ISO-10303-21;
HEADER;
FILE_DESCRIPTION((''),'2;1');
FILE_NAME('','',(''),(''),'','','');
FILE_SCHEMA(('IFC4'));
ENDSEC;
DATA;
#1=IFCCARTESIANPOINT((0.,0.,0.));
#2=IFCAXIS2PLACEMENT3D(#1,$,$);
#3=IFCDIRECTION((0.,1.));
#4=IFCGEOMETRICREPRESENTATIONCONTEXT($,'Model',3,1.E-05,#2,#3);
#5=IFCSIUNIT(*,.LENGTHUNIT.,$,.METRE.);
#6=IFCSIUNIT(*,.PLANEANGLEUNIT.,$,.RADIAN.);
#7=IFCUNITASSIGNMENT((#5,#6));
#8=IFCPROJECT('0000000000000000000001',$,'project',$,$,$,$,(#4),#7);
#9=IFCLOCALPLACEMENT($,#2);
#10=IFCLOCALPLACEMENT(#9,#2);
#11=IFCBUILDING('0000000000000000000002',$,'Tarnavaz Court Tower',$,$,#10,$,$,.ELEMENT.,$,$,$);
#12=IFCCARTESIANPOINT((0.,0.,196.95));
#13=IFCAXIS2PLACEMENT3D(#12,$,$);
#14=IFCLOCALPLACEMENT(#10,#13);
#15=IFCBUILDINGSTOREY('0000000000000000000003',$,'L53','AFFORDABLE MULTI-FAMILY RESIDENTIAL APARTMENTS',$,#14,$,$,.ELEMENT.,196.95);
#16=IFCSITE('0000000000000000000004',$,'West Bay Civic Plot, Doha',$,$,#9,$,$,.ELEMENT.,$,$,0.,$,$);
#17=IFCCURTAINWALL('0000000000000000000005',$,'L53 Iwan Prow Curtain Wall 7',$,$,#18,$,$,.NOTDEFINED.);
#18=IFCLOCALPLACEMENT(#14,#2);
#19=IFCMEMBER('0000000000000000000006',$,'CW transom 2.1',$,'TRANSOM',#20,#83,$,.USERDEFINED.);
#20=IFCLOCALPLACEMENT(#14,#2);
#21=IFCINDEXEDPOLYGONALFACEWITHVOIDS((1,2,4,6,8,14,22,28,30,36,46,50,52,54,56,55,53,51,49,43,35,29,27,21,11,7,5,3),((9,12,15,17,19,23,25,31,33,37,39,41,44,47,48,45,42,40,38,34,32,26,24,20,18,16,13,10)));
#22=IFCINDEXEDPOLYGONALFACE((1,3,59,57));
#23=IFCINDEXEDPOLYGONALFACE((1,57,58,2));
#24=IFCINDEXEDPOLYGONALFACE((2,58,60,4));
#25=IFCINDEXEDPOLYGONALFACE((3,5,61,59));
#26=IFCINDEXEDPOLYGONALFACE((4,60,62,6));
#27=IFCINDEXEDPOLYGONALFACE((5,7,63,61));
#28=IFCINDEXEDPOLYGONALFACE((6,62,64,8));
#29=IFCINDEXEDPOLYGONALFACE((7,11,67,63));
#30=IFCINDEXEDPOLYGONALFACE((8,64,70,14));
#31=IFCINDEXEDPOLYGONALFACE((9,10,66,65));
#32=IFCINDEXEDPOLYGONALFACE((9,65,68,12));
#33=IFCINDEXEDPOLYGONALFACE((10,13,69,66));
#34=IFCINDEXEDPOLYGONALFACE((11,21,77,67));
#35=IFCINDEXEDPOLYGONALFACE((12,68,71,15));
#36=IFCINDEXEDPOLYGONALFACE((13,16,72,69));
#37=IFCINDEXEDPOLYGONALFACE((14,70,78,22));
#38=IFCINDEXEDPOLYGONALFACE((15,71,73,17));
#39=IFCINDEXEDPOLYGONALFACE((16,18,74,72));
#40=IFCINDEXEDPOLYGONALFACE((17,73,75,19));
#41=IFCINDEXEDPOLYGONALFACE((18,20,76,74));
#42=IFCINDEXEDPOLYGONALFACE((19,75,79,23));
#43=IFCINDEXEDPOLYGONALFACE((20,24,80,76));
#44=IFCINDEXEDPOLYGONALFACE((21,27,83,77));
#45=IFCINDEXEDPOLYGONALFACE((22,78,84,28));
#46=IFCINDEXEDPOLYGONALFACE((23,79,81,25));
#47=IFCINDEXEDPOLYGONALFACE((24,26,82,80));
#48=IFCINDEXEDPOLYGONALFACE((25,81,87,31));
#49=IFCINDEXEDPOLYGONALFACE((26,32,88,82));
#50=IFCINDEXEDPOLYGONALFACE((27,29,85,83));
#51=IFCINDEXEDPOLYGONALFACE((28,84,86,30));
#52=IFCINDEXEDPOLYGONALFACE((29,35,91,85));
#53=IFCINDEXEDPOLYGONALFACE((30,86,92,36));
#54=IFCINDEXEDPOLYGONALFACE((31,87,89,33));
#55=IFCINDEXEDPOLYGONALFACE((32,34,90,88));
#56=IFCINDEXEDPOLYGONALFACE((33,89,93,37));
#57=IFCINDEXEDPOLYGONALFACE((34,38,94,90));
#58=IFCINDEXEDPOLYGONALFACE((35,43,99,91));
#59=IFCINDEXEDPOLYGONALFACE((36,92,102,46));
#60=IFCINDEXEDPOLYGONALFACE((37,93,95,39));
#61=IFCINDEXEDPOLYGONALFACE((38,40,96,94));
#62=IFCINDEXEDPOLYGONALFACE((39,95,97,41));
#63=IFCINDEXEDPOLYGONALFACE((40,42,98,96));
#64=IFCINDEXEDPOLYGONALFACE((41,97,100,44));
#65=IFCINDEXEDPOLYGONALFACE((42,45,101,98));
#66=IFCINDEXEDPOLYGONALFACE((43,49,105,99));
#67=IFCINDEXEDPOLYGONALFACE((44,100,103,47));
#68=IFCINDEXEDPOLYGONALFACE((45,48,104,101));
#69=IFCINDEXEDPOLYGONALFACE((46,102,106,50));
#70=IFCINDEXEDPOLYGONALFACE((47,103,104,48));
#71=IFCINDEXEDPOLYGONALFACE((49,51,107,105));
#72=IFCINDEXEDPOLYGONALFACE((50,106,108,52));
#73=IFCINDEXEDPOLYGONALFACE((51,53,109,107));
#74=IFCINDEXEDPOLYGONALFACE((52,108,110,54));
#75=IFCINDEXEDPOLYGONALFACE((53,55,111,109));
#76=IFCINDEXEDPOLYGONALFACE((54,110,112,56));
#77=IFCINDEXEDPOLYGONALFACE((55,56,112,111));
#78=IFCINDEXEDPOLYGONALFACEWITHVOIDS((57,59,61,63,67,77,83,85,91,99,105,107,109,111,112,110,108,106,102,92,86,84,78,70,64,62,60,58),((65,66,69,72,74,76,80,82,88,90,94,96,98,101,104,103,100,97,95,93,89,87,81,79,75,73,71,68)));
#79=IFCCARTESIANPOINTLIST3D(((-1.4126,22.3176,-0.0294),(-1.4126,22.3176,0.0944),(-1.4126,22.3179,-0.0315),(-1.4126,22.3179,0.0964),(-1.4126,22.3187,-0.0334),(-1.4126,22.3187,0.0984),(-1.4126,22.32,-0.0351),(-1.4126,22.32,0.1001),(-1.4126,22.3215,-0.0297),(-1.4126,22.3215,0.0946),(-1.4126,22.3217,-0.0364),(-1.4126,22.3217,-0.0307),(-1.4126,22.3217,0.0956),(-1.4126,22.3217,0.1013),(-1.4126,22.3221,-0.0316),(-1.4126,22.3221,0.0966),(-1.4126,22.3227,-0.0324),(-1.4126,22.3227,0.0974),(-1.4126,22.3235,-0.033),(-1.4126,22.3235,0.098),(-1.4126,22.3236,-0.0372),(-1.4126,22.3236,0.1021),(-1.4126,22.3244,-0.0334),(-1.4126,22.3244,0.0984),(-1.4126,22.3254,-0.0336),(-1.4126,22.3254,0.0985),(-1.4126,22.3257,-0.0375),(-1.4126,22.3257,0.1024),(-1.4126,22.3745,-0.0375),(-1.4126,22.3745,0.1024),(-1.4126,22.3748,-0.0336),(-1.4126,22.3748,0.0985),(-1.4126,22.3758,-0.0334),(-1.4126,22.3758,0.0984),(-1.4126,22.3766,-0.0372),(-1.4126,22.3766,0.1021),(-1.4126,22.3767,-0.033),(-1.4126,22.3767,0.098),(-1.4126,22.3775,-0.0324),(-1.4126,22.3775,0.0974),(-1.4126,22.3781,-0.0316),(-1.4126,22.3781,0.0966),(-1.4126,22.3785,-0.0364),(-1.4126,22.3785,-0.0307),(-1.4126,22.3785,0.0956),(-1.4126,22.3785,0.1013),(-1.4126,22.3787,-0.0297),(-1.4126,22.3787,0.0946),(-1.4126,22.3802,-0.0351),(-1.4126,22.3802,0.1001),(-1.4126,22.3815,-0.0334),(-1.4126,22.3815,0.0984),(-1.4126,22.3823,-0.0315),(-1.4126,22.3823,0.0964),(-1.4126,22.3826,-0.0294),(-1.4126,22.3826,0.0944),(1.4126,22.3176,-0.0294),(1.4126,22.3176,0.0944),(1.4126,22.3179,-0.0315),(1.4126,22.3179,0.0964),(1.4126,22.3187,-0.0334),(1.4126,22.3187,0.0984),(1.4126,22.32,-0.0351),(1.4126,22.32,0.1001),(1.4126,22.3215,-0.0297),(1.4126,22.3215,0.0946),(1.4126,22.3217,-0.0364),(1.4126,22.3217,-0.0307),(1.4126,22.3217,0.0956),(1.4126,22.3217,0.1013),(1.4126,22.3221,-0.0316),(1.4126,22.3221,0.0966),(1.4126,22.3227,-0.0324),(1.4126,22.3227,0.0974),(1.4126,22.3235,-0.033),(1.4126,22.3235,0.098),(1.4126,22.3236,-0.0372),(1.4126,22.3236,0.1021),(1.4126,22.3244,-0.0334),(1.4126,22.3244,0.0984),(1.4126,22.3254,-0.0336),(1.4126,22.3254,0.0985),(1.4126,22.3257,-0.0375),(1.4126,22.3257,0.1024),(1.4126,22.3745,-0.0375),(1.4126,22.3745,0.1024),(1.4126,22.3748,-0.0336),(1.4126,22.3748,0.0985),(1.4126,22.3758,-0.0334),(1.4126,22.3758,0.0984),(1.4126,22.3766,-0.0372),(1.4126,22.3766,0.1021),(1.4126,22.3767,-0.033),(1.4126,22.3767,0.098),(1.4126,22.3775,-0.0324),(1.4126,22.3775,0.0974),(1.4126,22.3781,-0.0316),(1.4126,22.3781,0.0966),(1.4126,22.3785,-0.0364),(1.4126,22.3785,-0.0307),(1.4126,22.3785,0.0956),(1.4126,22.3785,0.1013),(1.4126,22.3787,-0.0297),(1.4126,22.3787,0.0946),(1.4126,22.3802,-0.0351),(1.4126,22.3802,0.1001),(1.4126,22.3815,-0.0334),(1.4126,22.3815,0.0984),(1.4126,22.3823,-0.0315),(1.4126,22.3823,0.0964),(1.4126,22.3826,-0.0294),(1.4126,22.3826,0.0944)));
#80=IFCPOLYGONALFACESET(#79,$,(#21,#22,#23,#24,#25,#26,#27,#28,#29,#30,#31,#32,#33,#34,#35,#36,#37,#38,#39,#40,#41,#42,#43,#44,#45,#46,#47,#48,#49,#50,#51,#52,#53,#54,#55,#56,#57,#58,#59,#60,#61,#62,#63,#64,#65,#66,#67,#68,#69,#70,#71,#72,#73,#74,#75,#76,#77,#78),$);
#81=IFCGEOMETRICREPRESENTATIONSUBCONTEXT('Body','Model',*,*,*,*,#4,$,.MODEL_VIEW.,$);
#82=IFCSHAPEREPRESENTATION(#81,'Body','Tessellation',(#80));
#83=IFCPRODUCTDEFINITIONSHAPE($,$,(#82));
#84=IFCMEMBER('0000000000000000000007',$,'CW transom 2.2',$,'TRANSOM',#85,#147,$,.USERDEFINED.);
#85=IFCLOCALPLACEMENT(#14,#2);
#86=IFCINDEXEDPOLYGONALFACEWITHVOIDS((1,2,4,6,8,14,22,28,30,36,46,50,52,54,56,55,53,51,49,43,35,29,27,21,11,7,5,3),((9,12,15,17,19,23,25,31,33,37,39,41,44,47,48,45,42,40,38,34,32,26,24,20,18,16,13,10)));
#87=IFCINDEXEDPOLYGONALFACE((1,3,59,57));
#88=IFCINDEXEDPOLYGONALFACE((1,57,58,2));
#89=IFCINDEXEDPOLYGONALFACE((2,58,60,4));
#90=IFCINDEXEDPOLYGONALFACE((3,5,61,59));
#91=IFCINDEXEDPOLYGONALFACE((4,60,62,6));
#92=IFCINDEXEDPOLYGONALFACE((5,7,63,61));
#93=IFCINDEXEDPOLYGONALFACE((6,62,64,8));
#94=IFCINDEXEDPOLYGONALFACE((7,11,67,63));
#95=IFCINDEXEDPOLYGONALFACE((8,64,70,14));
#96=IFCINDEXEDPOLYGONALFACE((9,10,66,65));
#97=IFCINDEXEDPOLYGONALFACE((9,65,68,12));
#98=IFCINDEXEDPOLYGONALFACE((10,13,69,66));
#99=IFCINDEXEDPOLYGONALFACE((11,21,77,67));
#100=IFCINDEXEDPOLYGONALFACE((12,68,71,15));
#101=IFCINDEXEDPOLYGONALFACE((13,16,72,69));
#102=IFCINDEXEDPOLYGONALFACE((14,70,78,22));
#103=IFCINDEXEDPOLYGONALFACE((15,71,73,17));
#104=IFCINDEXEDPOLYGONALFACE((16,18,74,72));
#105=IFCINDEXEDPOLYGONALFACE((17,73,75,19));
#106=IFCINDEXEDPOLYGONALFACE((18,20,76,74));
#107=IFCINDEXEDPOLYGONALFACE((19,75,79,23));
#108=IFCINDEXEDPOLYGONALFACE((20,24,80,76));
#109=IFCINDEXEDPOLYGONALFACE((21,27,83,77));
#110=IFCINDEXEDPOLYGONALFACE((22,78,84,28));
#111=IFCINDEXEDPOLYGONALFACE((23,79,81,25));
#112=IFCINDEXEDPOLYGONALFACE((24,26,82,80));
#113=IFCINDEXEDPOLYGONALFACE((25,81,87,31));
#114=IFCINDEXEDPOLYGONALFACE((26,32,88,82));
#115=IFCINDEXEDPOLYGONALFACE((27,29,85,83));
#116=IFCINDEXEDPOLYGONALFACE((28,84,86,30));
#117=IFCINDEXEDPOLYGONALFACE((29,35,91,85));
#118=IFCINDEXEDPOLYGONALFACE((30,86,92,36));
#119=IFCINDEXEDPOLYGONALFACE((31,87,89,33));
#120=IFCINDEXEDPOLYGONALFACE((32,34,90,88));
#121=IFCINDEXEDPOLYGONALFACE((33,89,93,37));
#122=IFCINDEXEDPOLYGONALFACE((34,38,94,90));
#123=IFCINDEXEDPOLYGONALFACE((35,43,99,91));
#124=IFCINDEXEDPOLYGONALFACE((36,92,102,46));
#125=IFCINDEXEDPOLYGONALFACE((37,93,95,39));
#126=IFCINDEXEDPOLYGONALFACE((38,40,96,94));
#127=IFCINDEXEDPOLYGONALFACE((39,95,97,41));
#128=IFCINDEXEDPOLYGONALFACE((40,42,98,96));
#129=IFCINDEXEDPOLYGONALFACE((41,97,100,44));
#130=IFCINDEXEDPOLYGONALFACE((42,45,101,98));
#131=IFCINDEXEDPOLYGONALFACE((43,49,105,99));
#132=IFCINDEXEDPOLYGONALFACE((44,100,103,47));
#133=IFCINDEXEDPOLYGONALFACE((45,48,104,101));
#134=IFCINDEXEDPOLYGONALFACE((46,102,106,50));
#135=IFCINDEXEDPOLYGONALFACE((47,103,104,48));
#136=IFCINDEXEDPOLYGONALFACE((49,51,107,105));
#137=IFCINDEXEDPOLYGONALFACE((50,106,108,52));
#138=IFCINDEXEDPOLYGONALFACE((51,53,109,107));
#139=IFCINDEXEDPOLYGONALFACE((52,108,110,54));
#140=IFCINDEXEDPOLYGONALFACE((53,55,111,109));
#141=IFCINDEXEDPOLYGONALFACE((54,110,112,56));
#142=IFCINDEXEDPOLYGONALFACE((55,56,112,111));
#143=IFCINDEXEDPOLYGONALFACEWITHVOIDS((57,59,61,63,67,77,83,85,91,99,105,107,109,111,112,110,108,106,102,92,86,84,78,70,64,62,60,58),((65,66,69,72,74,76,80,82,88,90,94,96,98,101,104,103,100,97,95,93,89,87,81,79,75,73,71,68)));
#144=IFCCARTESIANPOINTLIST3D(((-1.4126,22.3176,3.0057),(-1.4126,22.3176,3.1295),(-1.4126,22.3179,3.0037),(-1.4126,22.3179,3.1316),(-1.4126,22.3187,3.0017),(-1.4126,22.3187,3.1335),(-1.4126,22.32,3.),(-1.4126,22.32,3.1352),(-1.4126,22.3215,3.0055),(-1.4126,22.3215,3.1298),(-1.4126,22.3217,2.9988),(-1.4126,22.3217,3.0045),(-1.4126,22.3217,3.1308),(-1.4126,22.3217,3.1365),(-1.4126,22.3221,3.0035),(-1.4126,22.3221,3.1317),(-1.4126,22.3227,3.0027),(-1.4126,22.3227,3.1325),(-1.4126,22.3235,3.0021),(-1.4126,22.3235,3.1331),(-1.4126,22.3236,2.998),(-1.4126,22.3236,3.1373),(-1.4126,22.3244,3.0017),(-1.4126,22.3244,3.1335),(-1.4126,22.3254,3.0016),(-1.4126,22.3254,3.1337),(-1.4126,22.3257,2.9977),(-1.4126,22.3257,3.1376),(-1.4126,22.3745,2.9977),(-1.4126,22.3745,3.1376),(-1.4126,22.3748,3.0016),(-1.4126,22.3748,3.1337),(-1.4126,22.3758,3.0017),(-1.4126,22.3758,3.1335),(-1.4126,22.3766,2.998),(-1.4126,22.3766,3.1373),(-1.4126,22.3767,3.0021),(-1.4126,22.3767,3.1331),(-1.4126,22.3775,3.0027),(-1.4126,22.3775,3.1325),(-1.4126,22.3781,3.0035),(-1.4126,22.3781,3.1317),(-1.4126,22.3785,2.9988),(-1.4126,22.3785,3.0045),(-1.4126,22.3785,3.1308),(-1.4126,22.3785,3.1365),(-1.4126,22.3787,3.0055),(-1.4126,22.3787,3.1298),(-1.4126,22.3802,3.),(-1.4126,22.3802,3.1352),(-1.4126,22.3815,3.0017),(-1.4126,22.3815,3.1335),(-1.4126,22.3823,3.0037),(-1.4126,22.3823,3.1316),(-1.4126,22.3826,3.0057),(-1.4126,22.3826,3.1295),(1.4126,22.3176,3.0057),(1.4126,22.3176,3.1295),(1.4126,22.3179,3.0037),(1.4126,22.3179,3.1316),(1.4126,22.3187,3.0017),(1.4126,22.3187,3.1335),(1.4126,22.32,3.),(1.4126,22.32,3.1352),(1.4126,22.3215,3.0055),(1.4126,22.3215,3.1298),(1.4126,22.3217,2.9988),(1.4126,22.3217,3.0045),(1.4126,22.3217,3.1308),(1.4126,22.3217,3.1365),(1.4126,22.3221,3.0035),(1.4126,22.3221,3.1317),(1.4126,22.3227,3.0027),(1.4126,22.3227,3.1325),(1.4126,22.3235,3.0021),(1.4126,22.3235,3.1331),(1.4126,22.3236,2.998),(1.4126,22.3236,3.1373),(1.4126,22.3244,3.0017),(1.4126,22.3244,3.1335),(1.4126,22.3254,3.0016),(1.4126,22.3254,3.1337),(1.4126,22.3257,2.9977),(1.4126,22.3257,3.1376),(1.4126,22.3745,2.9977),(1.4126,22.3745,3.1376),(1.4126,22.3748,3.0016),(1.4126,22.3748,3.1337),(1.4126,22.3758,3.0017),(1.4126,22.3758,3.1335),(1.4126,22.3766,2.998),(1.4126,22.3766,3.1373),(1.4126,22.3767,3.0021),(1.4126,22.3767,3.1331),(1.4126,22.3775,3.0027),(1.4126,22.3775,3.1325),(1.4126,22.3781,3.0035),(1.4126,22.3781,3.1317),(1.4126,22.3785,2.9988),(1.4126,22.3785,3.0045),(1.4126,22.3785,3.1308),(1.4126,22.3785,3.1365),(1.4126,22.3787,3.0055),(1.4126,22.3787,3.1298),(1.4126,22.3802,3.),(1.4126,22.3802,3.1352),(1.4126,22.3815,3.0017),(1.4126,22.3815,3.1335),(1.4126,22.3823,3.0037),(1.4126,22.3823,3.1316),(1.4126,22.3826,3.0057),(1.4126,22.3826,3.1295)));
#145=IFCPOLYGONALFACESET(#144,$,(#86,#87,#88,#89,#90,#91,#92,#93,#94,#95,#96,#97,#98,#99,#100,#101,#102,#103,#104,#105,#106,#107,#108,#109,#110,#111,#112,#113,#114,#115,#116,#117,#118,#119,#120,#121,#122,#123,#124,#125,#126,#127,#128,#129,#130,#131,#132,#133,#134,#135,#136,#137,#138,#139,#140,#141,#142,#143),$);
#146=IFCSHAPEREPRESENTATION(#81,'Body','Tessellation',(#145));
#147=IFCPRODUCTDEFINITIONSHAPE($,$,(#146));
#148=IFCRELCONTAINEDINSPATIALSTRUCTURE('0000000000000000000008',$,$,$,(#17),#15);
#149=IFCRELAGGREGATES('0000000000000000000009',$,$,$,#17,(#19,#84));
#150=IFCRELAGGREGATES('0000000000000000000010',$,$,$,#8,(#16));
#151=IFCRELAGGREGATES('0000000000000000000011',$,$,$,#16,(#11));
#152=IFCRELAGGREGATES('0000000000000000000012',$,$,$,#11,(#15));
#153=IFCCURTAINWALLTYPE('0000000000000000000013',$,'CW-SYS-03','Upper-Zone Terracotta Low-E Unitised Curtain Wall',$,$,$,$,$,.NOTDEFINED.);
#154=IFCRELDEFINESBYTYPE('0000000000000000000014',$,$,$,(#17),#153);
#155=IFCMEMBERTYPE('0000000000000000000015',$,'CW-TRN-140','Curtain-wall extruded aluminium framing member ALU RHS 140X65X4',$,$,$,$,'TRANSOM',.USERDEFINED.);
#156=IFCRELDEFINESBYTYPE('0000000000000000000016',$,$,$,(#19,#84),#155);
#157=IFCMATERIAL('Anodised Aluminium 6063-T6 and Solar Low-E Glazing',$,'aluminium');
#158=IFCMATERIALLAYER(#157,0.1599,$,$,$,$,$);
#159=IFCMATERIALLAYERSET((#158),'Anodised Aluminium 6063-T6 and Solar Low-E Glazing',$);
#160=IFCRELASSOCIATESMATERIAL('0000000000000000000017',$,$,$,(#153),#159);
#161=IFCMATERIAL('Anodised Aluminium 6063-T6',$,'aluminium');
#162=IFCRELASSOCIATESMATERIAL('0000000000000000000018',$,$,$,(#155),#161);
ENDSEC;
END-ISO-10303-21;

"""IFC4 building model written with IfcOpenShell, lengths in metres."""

from ifc_helpers import new_model, si_unit, direction, frame, origin, origin_2d, place, context, subcontext, project, spatial, hollow_rectangle, extrude, material, layer, layer_set, material_profile, profile_set, type_object, element, aggregate, save


model = new_model("IFC4")

# Units and contexts
model_context = context("Model", 3, precision=1e-05, world=origin(), true_north=direction((0.0, 1.0)))
body_context = subcontext(model_context, "Body", "Model", "MODEL_VIEW")
ifc_project = project(units=[si_unit("LENGTHUNIT", "METRE"), si_unit("PLANEANGLEUNIT", "RADIAN")], contexts=[model_context])

# Site, building, storey
site_placement = place(None, origin())
site = spatial("IfcSite", under=ifc_project, at=site_placement, Name="West Bay Civic Plot, Doha", CompositionType="ELEMENT", RefElevation=0.0)
building_placement = place(site_placement, origin())
building = spatial("IfcBuilding", under=site, at=building_placement, Name="Tarnavaz Court Tower", CompositionType="ELEMENT")
storey_placement = place(building_placement, frame((0.0, 0.0, 196.95)))
storey = spatial("IfcBuildingStorey", under=building, at=storey_placement, Name="L53", Description="AFFORDABLE MULTI-FAMILY RESIDENTIAL APARTMENTS", CompositionType="ELEMENT", Elevation=196.95)

# Curtain wall, members
ifc_material_1 = material(Name="Anodised Aluminium 6063-T6 and Solar Low-E Glazing", Category="aluminium")
ifc_layer_1 = layer(ifc_material_1, 0.1599)
ifc_layer_set_1 = layer_set([ifc_layer_1], Name="Anodised Aluminium 6063-T6 and Solar Low-E Glazing")
curtain_wall_type = type_object("IfcCurtainWallType", Name="CW-SYS-03", Description="Upper-Zone Terracotta Low-E Unitised Curtain Wall", PredefinedType="NOTDEFINED", material=ifc_layer_set_1)
curtain_wall_placement = place(storey_placement, origin())
curtain_wall = element("IfcCurtainWall", 1, at=curtain_wall_placement, inside=storey, type_object=curtain_wall_type, Name="L53 Iwan Prow Curtain Wall 7", PredefinedType="NOTDEFINED")
ifc_material_2 = material(Name="Anodised Aluminium 6063-T6", Category="aluminium")
ifc_material_profile_1 = material_profile(ifc_material_2, hollow_rectangle(XDim=0.0649, YDim=0.1399, WallThickness=0.0039, InnerFilletRadius=0.0039, OuterFilletRadius=0.0081, at=origin_2d()), Name="ALU RHS 140X65X4")
ifc_profile_set_1 = profile_set([ifc_material_profile_1], Name="Anodised Aluminium 6063-T6")
member_type_1 = type_object("IfcMemberType", Name="CW-TRN-140", Description="Curtain-wall extruded aluminium framing member ALU RHS 140X65X4", ElementType="TRANSOM", PredefinedType="USERDEFINED", material=ifc_profile_set_1)
member_1_placement = place(storey_placement, frame((-1.4126, 22.3501, 0.0325), z_axis=(1.0, 0.0, 0.0), x_axis=(0.0, 1.0, 0.0)))
member_1 = element("IfcMember", 2, at=member_1_placement, type_object=member_type_1, Name="CW transom 2.1", ObjectType="TRANSOM", PredefinedType="USERDEFINED", context=body_context, shape_type="SweptSolid", body=[
    extrude(hollow_rectangle(XDim=0.0649, YDim=0.1399, WallThickness=0.0039, InnerFilletRadius=0.0039, OuterFilletRadius=0.0081, at=origin_2d()), origin(), (0.0, 0.0, 1.0), 2.8252),
])
member_2_placement = place(storey_placement, frame((-1.4126, 22.3501, 3.0676), z_axis=(1.0, 0.0, 0.0), x_axis=(0.0, 1.0, 0.0)))
member_2 = element("IfcMember", 3, at=member_2_placement, type_object=member_type_1, Name="CW transom 2.2", ObjectType="TRANSOM", PredefinedType="USERDEFINED", context=body_context, shape_type="SweptSolid", body=[
    extrude(hollow_rectangle(XDim=0.0649, YDim=0.1399, WallThickness=0.0039, InnerFilletRadius=0.0039, OuterFilletRadius=0.0081, at=origin_2d()), origin(), (0.0, 0.0, 1.0), 2.8252),
])
aggregate(curtain_wall, [member_1, member_2])

save(model, "model.ifc")
